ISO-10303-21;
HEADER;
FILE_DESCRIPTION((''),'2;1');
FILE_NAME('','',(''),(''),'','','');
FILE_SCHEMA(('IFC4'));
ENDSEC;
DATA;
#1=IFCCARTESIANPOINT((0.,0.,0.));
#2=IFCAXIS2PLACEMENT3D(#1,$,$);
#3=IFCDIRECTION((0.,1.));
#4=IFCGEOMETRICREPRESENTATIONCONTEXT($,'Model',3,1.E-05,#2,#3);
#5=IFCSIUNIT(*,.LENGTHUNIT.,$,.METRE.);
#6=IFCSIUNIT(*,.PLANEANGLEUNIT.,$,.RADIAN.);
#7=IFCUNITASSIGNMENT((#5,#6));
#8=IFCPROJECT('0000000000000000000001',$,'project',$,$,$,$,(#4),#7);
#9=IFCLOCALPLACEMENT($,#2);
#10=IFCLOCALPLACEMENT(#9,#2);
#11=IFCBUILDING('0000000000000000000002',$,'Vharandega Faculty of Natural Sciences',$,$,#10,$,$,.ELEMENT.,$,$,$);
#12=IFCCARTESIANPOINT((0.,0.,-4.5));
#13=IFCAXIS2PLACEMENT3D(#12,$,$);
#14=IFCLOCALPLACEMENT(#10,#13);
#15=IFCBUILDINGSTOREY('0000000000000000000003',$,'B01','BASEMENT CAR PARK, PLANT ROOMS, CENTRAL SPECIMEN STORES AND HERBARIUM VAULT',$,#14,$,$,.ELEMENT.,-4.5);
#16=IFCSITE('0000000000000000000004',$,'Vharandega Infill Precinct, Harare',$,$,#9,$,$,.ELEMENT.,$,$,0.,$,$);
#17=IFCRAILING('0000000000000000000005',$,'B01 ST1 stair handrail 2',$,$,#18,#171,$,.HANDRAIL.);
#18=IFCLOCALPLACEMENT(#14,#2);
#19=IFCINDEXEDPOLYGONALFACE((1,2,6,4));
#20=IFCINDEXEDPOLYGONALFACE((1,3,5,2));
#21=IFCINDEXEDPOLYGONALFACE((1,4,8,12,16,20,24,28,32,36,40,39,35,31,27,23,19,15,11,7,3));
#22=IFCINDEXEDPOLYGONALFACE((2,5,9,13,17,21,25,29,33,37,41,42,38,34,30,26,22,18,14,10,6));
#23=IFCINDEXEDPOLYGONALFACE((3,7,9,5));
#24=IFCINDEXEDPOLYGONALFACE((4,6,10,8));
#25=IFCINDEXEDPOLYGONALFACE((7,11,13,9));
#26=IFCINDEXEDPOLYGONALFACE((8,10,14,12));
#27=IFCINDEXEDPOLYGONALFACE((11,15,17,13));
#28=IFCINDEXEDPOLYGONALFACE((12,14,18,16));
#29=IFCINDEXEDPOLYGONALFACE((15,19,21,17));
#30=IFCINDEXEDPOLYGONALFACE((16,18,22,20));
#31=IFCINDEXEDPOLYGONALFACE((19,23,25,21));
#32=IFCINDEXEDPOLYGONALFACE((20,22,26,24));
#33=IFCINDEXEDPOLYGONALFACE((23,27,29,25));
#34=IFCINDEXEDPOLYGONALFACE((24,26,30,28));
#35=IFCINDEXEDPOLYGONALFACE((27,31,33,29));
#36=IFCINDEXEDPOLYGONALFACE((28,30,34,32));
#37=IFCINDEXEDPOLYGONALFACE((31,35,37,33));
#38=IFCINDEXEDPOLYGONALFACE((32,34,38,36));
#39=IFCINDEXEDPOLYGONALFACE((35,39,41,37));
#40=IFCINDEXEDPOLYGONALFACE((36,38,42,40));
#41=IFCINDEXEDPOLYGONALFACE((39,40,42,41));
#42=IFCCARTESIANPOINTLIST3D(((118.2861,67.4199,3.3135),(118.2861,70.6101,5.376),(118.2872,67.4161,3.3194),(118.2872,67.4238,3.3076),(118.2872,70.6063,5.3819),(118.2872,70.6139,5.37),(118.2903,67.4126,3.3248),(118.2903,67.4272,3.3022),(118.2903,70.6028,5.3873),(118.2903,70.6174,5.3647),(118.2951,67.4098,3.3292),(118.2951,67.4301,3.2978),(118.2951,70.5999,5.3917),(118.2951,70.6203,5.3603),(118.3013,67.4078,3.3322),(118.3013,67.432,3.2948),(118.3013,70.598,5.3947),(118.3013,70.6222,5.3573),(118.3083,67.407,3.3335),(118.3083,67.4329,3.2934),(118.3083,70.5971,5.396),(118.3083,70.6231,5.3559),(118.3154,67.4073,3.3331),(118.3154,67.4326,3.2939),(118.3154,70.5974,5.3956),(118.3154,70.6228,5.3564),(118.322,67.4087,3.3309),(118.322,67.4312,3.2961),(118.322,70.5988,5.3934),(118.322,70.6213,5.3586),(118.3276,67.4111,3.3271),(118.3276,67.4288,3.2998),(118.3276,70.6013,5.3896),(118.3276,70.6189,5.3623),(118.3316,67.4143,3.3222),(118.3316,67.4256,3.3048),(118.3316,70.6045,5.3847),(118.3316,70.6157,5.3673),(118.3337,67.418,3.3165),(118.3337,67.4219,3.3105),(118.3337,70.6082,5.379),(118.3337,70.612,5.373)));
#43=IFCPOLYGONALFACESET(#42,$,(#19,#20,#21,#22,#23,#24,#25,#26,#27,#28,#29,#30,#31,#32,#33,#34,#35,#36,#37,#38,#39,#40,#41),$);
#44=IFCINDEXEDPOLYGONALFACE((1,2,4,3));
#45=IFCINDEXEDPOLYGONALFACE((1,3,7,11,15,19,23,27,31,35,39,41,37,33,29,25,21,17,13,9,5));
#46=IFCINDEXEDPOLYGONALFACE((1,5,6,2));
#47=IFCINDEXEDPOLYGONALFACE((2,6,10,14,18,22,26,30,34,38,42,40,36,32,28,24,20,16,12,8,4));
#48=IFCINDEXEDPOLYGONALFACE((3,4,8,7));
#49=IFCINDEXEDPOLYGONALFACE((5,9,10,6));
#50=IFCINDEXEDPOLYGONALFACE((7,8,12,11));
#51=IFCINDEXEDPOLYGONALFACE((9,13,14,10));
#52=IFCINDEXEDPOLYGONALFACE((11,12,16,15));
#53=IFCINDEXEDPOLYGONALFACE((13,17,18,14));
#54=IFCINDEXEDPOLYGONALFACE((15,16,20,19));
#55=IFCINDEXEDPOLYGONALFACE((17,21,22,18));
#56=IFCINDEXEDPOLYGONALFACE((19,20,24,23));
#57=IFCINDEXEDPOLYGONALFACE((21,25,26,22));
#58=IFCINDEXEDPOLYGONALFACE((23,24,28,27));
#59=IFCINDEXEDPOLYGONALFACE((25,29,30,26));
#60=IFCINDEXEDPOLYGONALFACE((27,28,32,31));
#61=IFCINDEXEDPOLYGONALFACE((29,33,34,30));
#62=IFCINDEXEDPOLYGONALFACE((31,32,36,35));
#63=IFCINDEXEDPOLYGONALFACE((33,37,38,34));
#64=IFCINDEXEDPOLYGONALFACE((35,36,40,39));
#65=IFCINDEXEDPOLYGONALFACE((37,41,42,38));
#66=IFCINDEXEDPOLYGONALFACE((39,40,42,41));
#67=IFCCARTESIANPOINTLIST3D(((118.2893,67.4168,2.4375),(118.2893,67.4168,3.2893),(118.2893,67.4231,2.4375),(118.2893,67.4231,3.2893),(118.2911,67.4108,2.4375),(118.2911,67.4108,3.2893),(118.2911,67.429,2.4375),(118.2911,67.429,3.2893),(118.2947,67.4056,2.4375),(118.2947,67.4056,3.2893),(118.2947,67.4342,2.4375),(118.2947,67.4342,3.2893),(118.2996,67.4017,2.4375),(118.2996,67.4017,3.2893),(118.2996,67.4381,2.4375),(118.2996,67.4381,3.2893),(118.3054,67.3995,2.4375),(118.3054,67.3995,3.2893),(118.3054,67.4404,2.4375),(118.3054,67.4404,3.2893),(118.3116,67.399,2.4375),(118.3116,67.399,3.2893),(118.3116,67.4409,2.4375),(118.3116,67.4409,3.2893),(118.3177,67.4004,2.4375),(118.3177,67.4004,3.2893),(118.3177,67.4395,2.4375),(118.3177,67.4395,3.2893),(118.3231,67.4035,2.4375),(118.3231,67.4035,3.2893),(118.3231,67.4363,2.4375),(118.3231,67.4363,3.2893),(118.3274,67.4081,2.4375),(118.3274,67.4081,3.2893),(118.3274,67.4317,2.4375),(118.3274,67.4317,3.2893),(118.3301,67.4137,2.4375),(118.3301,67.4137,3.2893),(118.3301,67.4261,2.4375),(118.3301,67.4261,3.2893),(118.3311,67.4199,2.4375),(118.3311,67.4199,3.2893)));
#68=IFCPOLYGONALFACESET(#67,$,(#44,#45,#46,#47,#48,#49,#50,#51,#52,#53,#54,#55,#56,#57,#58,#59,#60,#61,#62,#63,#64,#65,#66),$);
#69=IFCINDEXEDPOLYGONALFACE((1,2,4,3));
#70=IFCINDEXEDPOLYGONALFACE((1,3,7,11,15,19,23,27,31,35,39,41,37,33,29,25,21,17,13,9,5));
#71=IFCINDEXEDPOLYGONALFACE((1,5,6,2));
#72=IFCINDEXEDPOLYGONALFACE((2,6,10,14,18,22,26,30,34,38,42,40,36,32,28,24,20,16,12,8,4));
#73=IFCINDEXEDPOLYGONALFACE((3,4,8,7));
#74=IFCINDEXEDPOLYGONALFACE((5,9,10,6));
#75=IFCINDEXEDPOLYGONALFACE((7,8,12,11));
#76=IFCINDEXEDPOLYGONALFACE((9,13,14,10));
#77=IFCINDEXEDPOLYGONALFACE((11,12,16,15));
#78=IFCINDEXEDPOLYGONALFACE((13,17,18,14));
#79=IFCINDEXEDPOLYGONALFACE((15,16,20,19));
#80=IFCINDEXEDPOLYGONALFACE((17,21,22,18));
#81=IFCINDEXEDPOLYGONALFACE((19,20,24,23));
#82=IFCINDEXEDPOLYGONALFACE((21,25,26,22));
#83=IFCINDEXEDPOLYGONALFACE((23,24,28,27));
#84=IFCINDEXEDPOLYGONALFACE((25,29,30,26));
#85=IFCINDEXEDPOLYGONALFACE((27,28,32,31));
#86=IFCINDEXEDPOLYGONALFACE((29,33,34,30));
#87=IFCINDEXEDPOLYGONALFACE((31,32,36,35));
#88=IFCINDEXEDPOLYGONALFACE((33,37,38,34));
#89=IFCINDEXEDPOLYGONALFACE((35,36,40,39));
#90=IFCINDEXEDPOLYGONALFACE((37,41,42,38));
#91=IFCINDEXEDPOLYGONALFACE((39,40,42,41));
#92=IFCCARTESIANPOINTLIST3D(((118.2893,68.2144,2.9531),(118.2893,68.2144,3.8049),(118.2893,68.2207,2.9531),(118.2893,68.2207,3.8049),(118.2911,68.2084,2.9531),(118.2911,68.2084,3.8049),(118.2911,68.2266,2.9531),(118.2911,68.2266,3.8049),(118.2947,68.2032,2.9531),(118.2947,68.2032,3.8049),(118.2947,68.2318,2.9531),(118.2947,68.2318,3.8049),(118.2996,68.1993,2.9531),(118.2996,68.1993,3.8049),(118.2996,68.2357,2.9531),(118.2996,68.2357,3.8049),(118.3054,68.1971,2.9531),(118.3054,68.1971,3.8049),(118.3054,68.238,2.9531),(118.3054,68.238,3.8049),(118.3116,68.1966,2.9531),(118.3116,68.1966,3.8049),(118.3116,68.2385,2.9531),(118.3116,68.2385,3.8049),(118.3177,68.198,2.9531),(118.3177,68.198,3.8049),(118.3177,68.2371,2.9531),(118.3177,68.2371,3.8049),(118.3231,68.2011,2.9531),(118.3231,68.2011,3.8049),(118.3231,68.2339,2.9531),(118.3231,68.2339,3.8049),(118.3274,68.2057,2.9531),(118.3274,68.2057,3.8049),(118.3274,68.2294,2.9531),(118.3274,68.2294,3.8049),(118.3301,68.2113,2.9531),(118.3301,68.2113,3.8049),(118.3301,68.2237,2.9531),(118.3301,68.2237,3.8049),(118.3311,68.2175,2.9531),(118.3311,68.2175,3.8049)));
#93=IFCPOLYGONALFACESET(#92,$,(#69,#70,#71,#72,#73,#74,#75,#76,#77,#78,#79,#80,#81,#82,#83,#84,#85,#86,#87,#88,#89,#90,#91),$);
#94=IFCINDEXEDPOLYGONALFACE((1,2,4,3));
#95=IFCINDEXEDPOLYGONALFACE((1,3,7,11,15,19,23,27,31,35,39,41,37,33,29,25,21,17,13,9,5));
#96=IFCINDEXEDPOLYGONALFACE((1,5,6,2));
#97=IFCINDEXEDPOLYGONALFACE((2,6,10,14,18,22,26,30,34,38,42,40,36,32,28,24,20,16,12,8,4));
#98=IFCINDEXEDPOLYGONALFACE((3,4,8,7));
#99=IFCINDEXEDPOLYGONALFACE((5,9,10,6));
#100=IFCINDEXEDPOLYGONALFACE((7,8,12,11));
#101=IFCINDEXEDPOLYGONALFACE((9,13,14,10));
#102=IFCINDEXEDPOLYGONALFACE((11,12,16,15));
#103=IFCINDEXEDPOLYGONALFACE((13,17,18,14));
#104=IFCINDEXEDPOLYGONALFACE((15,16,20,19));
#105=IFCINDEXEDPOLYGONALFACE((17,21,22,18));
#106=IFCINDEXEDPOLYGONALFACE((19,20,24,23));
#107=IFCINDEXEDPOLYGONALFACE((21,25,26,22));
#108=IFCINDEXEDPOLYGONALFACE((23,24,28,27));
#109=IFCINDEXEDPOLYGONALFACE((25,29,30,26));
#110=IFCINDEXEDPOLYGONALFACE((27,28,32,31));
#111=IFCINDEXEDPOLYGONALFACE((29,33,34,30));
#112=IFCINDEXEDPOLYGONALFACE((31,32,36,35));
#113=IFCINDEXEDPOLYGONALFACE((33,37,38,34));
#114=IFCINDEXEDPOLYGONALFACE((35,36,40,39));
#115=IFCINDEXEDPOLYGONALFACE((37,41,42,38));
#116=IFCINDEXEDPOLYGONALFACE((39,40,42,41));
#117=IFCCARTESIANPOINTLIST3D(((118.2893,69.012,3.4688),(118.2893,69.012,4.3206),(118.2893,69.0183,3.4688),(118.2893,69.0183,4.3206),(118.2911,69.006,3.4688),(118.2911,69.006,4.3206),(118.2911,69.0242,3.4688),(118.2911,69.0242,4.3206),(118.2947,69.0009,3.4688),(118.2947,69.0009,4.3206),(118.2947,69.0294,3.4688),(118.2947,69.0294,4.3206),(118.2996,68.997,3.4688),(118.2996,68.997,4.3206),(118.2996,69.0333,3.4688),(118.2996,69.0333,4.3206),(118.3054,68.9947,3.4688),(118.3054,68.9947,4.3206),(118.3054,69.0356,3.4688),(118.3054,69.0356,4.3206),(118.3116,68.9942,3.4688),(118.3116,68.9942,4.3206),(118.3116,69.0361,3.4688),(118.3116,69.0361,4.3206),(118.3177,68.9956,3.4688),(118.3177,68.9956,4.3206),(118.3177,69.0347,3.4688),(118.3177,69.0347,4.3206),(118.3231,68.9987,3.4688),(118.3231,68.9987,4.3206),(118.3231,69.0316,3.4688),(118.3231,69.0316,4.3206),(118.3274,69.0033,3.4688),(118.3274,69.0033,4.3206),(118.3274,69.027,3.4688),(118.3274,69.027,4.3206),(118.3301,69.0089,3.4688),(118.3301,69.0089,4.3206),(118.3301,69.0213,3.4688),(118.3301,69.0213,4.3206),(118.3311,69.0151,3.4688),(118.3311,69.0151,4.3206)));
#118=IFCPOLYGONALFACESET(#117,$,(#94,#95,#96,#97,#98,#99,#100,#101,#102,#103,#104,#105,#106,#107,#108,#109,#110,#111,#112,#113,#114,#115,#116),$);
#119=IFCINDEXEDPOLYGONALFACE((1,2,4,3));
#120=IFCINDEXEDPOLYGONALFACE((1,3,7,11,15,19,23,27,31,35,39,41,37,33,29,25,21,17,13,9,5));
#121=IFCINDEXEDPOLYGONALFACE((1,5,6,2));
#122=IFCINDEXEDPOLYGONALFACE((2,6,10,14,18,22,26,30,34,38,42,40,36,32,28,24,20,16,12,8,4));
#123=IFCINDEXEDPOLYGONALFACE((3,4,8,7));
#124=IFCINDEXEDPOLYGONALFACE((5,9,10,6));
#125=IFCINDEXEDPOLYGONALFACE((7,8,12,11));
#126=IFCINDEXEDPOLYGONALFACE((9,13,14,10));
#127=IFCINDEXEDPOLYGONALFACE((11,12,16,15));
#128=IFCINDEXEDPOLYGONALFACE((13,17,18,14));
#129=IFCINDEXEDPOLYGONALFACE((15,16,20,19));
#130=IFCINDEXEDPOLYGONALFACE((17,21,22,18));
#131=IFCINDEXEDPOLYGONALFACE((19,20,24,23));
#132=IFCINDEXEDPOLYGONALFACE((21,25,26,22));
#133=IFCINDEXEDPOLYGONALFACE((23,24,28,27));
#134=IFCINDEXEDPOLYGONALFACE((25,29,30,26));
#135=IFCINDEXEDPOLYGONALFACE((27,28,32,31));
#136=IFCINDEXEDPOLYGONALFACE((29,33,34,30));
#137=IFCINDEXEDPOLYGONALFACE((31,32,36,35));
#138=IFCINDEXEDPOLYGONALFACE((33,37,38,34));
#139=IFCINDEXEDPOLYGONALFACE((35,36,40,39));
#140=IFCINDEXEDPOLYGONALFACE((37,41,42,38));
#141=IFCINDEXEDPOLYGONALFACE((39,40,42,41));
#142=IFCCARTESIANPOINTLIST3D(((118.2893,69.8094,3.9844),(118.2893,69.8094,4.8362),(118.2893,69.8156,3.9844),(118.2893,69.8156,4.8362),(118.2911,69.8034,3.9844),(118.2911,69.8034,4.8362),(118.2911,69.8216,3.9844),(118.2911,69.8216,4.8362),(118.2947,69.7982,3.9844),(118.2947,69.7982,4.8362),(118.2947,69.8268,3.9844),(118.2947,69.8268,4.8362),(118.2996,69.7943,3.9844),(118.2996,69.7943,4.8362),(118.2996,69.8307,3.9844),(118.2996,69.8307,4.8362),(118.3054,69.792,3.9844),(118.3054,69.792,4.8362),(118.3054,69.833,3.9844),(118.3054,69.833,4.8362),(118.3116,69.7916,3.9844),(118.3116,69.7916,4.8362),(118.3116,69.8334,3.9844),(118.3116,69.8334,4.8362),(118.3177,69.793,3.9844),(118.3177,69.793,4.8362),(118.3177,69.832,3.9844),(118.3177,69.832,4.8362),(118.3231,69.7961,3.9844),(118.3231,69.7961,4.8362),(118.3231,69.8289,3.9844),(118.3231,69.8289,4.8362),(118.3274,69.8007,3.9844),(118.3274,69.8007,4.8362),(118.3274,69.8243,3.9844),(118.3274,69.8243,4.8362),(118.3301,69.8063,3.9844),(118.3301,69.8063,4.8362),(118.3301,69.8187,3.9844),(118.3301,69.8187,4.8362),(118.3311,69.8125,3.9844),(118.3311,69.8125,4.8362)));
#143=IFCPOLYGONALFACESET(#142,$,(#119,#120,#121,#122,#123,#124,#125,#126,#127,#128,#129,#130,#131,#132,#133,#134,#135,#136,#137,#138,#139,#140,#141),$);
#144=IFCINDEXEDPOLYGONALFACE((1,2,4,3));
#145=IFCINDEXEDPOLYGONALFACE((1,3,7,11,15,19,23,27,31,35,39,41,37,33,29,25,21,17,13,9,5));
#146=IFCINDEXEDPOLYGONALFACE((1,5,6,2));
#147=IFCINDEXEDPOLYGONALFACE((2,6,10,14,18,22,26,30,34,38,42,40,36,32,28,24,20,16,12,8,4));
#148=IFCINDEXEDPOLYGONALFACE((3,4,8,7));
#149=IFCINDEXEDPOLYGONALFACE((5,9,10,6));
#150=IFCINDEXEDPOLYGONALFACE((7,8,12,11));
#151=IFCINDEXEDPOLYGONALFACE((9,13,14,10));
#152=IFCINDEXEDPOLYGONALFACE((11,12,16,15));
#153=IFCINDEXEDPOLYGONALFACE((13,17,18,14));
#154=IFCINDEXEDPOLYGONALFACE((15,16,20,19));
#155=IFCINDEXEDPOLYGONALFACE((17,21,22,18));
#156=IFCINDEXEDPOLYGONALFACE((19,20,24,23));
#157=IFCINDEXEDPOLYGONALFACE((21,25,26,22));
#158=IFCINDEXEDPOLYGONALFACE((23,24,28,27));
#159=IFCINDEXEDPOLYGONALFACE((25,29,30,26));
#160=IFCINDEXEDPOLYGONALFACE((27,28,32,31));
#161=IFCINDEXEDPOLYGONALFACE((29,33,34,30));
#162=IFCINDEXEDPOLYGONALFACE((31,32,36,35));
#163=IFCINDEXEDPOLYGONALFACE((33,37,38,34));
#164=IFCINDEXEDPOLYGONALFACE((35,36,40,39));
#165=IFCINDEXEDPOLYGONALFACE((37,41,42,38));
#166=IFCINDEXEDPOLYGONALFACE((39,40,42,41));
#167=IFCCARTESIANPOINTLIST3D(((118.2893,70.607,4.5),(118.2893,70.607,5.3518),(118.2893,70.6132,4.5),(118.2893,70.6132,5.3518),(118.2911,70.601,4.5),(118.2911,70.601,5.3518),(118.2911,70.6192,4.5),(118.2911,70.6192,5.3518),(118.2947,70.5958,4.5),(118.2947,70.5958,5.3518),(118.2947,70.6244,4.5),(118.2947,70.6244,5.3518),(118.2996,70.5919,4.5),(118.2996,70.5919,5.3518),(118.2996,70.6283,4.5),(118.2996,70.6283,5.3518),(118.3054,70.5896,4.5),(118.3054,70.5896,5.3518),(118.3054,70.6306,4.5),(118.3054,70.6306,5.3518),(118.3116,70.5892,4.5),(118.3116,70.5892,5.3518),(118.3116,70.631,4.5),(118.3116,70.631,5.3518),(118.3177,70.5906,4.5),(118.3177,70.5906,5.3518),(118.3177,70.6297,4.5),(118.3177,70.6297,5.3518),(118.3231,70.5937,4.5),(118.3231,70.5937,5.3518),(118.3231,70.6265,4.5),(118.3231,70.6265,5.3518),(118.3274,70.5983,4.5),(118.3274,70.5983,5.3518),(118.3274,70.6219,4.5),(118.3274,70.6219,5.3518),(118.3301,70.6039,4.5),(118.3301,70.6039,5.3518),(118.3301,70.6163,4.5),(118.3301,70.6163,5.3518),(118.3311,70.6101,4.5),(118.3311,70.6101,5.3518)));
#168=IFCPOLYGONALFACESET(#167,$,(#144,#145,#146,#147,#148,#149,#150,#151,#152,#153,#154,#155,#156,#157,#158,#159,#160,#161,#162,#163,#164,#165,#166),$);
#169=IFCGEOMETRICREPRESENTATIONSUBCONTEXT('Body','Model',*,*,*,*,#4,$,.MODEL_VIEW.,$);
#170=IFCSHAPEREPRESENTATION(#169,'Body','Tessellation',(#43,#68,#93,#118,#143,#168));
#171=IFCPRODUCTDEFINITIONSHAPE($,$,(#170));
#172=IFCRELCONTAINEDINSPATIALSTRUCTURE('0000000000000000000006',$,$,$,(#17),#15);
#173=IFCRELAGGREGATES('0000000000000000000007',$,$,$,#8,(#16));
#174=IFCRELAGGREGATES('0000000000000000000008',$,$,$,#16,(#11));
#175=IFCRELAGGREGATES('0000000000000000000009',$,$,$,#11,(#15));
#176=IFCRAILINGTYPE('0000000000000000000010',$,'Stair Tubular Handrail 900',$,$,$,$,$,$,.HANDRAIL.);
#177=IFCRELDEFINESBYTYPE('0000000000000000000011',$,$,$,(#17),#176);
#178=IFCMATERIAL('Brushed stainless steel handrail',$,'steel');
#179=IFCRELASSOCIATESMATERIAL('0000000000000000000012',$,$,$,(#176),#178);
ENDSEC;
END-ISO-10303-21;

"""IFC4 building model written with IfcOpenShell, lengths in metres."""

from ifc_helpers import new_model, si_unit, direction, frame, origin, origin_2d, place, context, subcontext, project, spatial, circle, extrude, material, type_object, element, save


model = new_model("IFC4")

# Units and contexts
model_context = context("Model", 3, precision=1e-05, world=origin(), true_north=direction((0.0, 1.0)))
body_context = subcontext(model_context, "Body", "Model", "MODEL_VIEW")
ifc_project = project(units=[si_unit("LENGTHUNIT", "METRE"), si_unit("PLANEANGLEUNIT", "RADIAN")], contexts=[model_context])

# Site, building, storey
site_placement = place(None, origin())
site = spatial("IfcSite", under=ifc_project, at=site_placement, Name="Vharandega Infill Precinct, Harare", CompositionType="ELEMENT", RefElevation=0.0)
building_placement = place(site_placement, origin())
building = spatial("IfcBuilding", under=site, at=building_placement, Name="Vharandega Faculty of Natural Sciences", CompositionType="ELEMENT")
storey_placement = place(building_placement, frame((0.0, 0.0, -4.5)))
storey = spatial("IfcBuildingStorey", under=building, at=storey_placement, Name="B01", Description="BASEMENT CAR PARK, PLANT ROOMS, CENTRAL SPECIMEN STORES AND HERBARIUM VAULT", CompositionType="ELEMENT", Elevation=-4.5)

# Railing
ifc_material_1 = material(Name="Brushed stainless steel handrail", Category="steel")
railing_type_1 = type_object("IfcRailingType", Name="Stair Tubular Handrail 900", PredefinedType="HANDRAIL", material=ifc_material_1)
railing_1_placement = place(storey_placement, frame((118.3101, 67.4199, 2.4375)))
element("IfcRailing", 1, at=railing_1_placement, inside=storey, type_object=railing_type_1, Name="B01 ST1 stair handrail 2", PredefinedType="HANDRAIL", context=body_context, shape_type="SweptSolid", body=[
    extrude(circle(Radius=0.0239, at=origin_2d()), frame((0.0, 0.0, 0.876), z_axis=(0.0, 0.839779, 0.542929), x_axis=(-1.0, 0.0, 0.0)), (0.0, 0.0, 1.0), 3.7988),
    extrude(circle(Radius=0.021, at=origin_2d()), origin(), (0.0, 0.0, 1.0), 0.8518),
    extrude(circle(Radius=0.021, at=origin_2d()), frame((0.0, 0.7976, 0.5156)), (0.0, 0.0, 1.0), 0.8518),
    extrude(circle(Radius=0.021, at=origin_2d()), frame((0.0, 1.5952, 1.0312)), (0.0, 0.0, 1.0), 0.8518),
    extrude(circle(Radius=0.021, at=origin_2d()), frame((0.0, 2.3926, 1.5469)), (0.0, 0.0, 1.0), 0.8518),
    extrude(circle(Radius=0.021, at=origin_2d()), frame((0.0, 3.1902, 2.0625)), (0.0, 0.0, 1.0), 0.8518),
])

save(model, "model.ifc")
